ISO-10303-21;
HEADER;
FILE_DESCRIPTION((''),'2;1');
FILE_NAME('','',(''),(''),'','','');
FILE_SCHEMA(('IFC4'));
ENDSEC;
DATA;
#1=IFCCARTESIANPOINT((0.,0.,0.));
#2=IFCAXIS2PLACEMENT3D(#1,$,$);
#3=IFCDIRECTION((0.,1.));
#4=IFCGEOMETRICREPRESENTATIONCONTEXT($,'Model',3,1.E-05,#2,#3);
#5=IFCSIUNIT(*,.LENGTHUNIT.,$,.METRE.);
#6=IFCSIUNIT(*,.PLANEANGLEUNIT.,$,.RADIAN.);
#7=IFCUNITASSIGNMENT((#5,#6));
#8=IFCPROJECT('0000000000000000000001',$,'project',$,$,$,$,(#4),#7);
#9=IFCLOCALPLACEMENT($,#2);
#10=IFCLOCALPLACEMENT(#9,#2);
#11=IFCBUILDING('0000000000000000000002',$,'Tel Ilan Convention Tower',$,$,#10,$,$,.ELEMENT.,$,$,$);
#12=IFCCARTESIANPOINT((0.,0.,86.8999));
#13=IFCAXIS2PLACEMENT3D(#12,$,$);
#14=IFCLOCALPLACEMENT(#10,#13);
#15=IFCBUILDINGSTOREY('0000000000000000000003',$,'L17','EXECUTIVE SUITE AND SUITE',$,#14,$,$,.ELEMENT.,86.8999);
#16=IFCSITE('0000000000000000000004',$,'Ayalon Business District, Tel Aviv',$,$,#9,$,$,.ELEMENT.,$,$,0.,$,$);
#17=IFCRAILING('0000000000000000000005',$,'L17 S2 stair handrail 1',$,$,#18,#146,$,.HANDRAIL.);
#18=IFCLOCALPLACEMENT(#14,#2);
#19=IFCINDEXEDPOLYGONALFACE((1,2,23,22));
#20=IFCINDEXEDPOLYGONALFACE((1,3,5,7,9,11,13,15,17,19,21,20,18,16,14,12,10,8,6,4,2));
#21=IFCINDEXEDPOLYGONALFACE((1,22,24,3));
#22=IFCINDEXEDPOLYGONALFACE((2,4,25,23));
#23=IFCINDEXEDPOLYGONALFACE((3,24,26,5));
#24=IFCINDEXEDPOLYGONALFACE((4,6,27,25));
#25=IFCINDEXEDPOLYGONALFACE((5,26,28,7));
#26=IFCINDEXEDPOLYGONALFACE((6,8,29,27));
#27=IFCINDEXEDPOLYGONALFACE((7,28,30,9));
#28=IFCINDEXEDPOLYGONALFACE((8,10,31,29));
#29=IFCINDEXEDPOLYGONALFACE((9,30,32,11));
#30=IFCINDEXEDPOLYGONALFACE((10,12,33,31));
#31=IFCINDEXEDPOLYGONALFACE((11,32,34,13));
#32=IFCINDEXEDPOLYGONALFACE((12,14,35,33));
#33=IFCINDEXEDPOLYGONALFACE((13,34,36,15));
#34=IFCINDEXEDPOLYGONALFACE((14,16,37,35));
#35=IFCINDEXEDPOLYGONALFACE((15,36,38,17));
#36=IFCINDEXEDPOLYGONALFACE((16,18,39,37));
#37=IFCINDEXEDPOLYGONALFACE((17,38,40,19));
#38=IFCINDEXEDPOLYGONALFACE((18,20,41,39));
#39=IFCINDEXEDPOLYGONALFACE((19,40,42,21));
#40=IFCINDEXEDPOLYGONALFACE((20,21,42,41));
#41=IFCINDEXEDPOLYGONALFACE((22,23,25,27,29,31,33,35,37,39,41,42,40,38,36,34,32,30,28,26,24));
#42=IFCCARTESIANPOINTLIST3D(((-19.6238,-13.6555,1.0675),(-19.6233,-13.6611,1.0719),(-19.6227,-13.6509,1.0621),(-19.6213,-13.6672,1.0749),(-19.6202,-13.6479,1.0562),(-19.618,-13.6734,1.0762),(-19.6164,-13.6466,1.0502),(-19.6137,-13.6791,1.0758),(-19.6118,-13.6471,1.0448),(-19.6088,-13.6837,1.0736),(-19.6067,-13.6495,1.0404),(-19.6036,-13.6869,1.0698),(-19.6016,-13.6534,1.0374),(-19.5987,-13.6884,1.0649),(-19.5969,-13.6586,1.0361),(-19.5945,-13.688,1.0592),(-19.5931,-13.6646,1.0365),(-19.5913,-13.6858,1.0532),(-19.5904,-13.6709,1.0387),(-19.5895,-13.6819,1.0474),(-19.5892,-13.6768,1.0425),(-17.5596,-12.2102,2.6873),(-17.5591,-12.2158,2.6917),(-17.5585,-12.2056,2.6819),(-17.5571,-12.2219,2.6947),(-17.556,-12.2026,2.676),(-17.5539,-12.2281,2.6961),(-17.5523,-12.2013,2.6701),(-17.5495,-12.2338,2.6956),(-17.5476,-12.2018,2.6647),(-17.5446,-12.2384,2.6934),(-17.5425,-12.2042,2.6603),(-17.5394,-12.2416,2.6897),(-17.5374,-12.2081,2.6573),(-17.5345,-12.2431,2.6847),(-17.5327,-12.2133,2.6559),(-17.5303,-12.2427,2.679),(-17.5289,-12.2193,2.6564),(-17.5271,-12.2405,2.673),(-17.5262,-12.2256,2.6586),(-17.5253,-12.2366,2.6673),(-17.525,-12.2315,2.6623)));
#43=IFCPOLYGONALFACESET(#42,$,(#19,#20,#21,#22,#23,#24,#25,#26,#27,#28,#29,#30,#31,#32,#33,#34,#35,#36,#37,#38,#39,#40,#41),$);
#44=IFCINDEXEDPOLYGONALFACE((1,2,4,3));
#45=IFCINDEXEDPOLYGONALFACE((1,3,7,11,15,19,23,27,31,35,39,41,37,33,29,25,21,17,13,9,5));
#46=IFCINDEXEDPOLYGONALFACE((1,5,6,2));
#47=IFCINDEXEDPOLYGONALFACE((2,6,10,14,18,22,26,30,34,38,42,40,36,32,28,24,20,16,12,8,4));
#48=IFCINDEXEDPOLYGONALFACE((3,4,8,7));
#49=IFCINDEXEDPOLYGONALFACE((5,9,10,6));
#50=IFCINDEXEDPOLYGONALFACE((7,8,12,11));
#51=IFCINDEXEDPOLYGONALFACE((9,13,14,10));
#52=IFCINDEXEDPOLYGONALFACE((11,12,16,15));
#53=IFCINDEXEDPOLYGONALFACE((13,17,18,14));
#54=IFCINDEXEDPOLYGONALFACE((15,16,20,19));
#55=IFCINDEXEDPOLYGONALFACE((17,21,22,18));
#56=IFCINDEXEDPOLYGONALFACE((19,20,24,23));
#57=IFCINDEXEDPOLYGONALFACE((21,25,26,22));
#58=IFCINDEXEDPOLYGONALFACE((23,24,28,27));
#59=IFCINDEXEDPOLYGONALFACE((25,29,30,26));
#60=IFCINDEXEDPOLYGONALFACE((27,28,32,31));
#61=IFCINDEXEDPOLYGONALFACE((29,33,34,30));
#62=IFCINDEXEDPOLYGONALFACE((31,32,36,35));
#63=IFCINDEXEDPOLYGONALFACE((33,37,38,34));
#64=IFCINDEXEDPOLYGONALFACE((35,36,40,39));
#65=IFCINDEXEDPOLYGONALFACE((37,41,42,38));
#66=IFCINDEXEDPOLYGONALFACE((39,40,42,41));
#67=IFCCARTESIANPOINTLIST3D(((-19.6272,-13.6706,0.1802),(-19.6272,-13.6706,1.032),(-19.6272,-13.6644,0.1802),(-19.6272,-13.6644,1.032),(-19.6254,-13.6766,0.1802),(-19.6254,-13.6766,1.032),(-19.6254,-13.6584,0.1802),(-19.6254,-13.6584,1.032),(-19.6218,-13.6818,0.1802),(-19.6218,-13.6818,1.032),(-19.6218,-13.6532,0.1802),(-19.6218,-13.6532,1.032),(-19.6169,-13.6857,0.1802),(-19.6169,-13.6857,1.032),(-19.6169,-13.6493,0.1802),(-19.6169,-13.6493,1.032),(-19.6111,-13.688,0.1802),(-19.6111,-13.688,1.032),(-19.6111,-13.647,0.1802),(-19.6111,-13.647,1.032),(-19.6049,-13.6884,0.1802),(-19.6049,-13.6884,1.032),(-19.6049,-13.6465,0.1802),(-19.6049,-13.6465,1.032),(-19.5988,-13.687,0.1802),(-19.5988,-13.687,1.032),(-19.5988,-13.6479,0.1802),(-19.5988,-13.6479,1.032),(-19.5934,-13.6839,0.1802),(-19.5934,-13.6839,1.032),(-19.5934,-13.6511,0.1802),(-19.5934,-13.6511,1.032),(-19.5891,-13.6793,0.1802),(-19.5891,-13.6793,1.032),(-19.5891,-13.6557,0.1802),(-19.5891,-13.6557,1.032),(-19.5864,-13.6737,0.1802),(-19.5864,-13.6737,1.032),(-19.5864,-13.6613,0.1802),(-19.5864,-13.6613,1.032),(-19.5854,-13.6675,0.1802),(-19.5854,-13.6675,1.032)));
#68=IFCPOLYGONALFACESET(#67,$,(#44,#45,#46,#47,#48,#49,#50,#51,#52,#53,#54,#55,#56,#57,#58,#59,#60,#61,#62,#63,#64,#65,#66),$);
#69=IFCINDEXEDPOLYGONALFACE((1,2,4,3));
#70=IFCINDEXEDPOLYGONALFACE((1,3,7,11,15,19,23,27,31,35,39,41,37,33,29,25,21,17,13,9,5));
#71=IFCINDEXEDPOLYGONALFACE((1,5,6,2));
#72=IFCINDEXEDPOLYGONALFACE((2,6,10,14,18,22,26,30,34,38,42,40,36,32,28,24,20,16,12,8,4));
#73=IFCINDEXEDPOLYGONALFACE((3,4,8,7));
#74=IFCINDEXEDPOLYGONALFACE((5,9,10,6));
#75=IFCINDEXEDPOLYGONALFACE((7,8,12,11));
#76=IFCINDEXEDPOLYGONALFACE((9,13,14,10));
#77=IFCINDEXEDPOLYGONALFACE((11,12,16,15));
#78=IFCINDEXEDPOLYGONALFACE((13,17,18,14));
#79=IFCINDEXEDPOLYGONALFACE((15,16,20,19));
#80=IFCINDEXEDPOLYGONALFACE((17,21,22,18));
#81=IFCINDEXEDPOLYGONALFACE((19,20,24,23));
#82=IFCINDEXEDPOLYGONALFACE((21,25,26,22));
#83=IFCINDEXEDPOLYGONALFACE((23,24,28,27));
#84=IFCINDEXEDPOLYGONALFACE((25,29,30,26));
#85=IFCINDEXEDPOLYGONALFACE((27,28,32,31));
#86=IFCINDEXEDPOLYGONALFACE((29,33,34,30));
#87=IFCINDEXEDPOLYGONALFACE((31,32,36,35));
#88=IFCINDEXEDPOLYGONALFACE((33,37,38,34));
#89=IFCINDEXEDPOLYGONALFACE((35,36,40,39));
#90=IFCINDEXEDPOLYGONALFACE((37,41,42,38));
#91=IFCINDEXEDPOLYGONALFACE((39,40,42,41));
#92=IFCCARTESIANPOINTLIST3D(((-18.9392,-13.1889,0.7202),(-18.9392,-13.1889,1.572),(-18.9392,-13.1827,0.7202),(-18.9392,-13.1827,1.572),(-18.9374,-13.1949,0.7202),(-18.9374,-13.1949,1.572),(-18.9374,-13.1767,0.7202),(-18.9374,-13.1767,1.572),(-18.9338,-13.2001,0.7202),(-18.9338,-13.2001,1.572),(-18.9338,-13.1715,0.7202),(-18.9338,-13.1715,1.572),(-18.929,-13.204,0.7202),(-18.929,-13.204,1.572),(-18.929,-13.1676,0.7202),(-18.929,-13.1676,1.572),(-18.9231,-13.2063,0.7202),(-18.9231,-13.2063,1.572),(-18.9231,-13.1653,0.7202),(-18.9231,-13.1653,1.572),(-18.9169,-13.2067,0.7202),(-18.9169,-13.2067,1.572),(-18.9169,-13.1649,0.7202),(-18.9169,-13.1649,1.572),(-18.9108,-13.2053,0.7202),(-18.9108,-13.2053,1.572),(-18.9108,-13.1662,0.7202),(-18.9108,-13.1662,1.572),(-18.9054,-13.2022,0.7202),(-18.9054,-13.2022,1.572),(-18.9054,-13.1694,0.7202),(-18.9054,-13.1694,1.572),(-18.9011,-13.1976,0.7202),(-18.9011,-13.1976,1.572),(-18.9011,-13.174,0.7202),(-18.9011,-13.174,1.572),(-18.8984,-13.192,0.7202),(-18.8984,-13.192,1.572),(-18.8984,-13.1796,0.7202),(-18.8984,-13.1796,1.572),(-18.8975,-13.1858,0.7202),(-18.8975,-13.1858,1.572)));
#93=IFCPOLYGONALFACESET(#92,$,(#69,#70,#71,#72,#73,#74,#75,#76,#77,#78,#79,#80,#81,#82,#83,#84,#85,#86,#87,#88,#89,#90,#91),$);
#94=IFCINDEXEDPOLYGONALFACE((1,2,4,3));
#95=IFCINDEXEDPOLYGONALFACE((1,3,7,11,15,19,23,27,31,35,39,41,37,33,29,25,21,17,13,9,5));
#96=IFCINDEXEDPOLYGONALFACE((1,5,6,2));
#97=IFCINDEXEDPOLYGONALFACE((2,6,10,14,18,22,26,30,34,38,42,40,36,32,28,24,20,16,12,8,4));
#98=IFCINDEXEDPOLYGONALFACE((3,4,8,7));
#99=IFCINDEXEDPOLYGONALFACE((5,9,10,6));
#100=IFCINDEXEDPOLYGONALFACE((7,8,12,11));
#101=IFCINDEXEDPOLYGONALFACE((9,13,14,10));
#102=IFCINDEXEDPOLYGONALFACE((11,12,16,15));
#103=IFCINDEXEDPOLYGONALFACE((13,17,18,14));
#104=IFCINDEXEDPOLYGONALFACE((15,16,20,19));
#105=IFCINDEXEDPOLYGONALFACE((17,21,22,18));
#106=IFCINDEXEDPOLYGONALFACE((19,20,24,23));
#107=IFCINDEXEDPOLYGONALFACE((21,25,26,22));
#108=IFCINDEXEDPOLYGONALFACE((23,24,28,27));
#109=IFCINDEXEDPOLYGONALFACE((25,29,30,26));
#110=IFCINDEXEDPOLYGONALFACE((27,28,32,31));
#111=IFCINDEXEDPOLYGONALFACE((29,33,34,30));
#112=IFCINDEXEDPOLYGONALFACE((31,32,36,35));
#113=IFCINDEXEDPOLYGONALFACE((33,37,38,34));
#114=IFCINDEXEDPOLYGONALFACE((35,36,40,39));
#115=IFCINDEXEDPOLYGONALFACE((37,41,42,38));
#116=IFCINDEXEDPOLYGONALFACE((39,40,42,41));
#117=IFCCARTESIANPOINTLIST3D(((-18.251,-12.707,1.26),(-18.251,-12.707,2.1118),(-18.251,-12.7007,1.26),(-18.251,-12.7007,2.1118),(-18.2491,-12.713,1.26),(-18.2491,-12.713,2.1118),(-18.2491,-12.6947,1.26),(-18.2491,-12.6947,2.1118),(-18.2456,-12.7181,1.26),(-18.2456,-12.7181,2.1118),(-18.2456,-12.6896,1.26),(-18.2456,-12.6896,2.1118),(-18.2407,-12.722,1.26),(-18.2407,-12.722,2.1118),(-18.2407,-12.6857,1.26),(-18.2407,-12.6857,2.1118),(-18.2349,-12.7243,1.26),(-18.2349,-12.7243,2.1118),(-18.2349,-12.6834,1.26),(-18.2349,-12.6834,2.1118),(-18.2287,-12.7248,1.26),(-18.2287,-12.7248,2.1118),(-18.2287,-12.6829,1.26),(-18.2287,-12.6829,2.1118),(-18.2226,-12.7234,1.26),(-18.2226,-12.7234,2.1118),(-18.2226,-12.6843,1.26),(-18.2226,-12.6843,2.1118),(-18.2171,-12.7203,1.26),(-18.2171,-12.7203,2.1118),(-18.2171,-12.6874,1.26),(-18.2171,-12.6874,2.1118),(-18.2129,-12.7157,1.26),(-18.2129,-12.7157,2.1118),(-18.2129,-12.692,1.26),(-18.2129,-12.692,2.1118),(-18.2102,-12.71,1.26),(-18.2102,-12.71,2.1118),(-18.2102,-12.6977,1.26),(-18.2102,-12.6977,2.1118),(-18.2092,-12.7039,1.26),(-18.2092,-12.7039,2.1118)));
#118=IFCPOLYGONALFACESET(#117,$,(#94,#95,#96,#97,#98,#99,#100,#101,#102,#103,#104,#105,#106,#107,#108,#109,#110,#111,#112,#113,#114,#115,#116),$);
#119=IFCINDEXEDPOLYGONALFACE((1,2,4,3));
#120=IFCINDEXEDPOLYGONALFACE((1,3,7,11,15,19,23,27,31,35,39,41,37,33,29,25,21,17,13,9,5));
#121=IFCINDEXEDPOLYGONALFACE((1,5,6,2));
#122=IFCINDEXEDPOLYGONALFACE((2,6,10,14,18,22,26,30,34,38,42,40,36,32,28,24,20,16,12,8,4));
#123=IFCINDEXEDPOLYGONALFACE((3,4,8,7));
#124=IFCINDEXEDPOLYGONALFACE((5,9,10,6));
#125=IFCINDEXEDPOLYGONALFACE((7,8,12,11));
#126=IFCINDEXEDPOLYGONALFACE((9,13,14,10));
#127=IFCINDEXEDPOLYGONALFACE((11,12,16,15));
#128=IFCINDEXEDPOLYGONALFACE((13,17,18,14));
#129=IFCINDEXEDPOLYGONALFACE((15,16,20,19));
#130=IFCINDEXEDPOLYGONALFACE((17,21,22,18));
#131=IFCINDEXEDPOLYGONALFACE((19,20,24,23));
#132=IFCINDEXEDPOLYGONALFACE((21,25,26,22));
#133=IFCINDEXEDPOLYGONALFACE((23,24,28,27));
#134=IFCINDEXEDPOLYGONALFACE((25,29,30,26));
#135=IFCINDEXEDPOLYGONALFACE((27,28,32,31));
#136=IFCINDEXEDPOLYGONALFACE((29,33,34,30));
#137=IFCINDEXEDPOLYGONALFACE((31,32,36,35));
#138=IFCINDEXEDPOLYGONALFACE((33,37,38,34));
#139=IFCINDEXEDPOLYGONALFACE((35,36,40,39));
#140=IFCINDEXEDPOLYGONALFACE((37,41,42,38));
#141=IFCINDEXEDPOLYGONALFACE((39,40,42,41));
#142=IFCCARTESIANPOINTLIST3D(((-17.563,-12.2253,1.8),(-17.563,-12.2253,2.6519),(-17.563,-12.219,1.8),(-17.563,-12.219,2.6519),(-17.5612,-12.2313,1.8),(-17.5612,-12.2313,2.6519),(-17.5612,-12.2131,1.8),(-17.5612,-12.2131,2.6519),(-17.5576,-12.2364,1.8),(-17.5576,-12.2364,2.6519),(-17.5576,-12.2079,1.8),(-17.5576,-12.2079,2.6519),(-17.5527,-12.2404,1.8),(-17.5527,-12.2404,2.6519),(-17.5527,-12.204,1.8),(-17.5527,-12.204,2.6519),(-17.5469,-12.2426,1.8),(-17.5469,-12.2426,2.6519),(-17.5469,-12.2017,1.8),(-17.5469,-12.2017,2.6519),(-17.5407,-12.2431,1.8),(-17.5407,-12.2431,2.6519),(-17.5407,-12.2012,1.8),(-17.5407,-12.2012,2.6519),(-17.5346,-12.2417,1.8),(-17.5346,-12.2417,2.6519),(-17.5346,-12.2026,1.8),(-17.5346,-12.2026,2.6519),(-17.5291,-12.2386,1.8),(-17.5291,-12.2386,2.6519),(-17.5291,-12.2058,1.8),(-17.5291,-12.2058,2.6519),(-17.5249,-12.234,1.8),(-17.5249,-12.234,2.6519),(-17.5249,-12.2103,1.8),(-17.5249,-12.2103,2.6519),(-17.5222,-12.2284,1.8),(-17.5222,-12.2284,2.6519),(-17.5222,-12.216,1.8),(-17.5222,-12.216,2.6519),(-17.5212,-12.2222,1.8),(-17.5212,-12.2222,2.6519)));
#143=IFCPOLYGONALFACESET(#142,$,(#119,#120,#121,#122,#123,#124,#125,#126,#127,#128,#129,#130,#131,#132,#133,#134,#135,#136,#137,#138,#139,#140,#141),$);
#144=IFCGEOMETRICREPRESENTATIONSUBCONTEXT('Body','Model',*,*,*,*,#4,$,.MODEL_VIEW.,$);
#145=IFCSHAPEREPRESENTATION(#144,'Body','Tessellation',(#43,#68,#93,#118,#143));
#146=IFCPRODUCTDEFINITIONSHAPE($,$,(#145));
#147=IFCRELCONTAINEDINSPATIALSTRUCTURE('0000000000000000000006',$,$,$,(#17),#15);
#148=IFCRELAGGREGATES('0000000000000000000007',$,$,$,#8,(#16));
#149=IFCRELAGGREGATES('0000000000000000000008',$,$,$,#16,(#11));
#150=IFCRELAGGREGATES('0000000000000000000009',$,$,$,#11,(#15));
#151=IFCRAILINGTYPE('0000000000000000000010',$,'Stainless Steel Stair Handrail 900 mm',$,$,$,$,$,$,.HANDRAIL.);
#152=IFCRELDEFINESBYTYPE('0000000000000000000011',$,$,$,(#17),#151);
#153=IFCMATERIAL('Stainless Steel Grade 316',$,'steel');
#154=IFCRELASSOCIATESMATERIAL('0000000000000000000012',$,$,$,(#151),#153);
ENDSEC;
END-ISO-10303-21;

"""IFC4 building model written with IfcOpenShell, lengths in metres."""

from ifc_helpers import new_model, si_unit, direction, frame, origin, origin_2d, place, context, subcontext, project, spatial, circle, extrude, material, type_object, element, save


model = new_model("IFC4")

# Units and contexts
model_context = context("Model", 3, precision=1e-05, world=origin(), true_north=direction((0.0, 1.0)))
body_context = subcontext(model_context, "Body", "Model", "MODEL_VIEW")
ifc_project = project(units=[si_unit("LENGTHUNIT", "METRE"), si_unit("PLANEANGLEUNIT", "RADIAN")], contexts=[model_context])

# Site, building, storey
site_placement = place(None, origin())
site = spatial("IfcSite", under=ifc_project, at=site_placement, Name="Ayalon Business District, Tel Aviv", CompositionType="ELEMENT", RefElevation=0.0)
building_placement = place(site_placement, origin())
building = spatial("IfcBuilding", under=site, at=building_placement, Name="Tel Ilan Convention Tower", CompositionType="ELEMENT")
storey_placement = place(building_placement, frame((0.0, 0.0, 86.8999)))
storey = spatial("IfcBuildingStorey", under=building, at=storey_placement, Name="L17", Description="EXECUTIVE SUITE AND SUITE", CompositionType="ELEMENT", Elevation=86.8999)

# Railing
ifc_material_1 = material(Name="Stainless Steel Grade 316", Category="steel")
railing_type_1 = type_object("IfcRailingType", Name="Stainless Steel Stair Handrail 900 mm", PredefinedType="HANDRAIL", material=ifc_material_1)
railing_1_placement = place(storey_placement, frame((-19.6064, -13.6675, 0.1802)))
element("IfcRailing", 1, at=railing_1_placement, inside=storey, type_object=railing_type_1, Name="L17 S2 stair handrail 1", PredefinedType="HANDRAIL", context=body_context, shape_type="SweptSolid", body=[
    extrude(circle(Radius=0.0239, at=origin_2d()), frame((0.0, 0.0, 0.876), z_axis=(0.68907, 0.482472, 0.540743), x_axis=(-0.57356, 0.819164, 0.0)), (0.0, 0.0, 1.0), 2.9956),
    extrude(circle(Radius=0.021, at=origin_2d()), origin(), (0.0, 0.0, 1.0), 0.8518),
    extrude(circle(Radius=0.021, at=origin_2d()), frame((0.688, 0.4817, 0.54)), (0.0, 0.0, 1.0), 0.8518),
    extrude(circle(Radius=0.021, at=origin_2d()), frame((1.3762, 0.9636, 1.0798)), (0.0, 0.0, 1.0), 0.8518),
    extrude(circle(Radius=0.021, at=origin_2d()), frame((2.0642, 1.4453, 1.6199)), (0.0, 0.0, 1.0), 0.8518),
])

save(model, "model.ifc")
